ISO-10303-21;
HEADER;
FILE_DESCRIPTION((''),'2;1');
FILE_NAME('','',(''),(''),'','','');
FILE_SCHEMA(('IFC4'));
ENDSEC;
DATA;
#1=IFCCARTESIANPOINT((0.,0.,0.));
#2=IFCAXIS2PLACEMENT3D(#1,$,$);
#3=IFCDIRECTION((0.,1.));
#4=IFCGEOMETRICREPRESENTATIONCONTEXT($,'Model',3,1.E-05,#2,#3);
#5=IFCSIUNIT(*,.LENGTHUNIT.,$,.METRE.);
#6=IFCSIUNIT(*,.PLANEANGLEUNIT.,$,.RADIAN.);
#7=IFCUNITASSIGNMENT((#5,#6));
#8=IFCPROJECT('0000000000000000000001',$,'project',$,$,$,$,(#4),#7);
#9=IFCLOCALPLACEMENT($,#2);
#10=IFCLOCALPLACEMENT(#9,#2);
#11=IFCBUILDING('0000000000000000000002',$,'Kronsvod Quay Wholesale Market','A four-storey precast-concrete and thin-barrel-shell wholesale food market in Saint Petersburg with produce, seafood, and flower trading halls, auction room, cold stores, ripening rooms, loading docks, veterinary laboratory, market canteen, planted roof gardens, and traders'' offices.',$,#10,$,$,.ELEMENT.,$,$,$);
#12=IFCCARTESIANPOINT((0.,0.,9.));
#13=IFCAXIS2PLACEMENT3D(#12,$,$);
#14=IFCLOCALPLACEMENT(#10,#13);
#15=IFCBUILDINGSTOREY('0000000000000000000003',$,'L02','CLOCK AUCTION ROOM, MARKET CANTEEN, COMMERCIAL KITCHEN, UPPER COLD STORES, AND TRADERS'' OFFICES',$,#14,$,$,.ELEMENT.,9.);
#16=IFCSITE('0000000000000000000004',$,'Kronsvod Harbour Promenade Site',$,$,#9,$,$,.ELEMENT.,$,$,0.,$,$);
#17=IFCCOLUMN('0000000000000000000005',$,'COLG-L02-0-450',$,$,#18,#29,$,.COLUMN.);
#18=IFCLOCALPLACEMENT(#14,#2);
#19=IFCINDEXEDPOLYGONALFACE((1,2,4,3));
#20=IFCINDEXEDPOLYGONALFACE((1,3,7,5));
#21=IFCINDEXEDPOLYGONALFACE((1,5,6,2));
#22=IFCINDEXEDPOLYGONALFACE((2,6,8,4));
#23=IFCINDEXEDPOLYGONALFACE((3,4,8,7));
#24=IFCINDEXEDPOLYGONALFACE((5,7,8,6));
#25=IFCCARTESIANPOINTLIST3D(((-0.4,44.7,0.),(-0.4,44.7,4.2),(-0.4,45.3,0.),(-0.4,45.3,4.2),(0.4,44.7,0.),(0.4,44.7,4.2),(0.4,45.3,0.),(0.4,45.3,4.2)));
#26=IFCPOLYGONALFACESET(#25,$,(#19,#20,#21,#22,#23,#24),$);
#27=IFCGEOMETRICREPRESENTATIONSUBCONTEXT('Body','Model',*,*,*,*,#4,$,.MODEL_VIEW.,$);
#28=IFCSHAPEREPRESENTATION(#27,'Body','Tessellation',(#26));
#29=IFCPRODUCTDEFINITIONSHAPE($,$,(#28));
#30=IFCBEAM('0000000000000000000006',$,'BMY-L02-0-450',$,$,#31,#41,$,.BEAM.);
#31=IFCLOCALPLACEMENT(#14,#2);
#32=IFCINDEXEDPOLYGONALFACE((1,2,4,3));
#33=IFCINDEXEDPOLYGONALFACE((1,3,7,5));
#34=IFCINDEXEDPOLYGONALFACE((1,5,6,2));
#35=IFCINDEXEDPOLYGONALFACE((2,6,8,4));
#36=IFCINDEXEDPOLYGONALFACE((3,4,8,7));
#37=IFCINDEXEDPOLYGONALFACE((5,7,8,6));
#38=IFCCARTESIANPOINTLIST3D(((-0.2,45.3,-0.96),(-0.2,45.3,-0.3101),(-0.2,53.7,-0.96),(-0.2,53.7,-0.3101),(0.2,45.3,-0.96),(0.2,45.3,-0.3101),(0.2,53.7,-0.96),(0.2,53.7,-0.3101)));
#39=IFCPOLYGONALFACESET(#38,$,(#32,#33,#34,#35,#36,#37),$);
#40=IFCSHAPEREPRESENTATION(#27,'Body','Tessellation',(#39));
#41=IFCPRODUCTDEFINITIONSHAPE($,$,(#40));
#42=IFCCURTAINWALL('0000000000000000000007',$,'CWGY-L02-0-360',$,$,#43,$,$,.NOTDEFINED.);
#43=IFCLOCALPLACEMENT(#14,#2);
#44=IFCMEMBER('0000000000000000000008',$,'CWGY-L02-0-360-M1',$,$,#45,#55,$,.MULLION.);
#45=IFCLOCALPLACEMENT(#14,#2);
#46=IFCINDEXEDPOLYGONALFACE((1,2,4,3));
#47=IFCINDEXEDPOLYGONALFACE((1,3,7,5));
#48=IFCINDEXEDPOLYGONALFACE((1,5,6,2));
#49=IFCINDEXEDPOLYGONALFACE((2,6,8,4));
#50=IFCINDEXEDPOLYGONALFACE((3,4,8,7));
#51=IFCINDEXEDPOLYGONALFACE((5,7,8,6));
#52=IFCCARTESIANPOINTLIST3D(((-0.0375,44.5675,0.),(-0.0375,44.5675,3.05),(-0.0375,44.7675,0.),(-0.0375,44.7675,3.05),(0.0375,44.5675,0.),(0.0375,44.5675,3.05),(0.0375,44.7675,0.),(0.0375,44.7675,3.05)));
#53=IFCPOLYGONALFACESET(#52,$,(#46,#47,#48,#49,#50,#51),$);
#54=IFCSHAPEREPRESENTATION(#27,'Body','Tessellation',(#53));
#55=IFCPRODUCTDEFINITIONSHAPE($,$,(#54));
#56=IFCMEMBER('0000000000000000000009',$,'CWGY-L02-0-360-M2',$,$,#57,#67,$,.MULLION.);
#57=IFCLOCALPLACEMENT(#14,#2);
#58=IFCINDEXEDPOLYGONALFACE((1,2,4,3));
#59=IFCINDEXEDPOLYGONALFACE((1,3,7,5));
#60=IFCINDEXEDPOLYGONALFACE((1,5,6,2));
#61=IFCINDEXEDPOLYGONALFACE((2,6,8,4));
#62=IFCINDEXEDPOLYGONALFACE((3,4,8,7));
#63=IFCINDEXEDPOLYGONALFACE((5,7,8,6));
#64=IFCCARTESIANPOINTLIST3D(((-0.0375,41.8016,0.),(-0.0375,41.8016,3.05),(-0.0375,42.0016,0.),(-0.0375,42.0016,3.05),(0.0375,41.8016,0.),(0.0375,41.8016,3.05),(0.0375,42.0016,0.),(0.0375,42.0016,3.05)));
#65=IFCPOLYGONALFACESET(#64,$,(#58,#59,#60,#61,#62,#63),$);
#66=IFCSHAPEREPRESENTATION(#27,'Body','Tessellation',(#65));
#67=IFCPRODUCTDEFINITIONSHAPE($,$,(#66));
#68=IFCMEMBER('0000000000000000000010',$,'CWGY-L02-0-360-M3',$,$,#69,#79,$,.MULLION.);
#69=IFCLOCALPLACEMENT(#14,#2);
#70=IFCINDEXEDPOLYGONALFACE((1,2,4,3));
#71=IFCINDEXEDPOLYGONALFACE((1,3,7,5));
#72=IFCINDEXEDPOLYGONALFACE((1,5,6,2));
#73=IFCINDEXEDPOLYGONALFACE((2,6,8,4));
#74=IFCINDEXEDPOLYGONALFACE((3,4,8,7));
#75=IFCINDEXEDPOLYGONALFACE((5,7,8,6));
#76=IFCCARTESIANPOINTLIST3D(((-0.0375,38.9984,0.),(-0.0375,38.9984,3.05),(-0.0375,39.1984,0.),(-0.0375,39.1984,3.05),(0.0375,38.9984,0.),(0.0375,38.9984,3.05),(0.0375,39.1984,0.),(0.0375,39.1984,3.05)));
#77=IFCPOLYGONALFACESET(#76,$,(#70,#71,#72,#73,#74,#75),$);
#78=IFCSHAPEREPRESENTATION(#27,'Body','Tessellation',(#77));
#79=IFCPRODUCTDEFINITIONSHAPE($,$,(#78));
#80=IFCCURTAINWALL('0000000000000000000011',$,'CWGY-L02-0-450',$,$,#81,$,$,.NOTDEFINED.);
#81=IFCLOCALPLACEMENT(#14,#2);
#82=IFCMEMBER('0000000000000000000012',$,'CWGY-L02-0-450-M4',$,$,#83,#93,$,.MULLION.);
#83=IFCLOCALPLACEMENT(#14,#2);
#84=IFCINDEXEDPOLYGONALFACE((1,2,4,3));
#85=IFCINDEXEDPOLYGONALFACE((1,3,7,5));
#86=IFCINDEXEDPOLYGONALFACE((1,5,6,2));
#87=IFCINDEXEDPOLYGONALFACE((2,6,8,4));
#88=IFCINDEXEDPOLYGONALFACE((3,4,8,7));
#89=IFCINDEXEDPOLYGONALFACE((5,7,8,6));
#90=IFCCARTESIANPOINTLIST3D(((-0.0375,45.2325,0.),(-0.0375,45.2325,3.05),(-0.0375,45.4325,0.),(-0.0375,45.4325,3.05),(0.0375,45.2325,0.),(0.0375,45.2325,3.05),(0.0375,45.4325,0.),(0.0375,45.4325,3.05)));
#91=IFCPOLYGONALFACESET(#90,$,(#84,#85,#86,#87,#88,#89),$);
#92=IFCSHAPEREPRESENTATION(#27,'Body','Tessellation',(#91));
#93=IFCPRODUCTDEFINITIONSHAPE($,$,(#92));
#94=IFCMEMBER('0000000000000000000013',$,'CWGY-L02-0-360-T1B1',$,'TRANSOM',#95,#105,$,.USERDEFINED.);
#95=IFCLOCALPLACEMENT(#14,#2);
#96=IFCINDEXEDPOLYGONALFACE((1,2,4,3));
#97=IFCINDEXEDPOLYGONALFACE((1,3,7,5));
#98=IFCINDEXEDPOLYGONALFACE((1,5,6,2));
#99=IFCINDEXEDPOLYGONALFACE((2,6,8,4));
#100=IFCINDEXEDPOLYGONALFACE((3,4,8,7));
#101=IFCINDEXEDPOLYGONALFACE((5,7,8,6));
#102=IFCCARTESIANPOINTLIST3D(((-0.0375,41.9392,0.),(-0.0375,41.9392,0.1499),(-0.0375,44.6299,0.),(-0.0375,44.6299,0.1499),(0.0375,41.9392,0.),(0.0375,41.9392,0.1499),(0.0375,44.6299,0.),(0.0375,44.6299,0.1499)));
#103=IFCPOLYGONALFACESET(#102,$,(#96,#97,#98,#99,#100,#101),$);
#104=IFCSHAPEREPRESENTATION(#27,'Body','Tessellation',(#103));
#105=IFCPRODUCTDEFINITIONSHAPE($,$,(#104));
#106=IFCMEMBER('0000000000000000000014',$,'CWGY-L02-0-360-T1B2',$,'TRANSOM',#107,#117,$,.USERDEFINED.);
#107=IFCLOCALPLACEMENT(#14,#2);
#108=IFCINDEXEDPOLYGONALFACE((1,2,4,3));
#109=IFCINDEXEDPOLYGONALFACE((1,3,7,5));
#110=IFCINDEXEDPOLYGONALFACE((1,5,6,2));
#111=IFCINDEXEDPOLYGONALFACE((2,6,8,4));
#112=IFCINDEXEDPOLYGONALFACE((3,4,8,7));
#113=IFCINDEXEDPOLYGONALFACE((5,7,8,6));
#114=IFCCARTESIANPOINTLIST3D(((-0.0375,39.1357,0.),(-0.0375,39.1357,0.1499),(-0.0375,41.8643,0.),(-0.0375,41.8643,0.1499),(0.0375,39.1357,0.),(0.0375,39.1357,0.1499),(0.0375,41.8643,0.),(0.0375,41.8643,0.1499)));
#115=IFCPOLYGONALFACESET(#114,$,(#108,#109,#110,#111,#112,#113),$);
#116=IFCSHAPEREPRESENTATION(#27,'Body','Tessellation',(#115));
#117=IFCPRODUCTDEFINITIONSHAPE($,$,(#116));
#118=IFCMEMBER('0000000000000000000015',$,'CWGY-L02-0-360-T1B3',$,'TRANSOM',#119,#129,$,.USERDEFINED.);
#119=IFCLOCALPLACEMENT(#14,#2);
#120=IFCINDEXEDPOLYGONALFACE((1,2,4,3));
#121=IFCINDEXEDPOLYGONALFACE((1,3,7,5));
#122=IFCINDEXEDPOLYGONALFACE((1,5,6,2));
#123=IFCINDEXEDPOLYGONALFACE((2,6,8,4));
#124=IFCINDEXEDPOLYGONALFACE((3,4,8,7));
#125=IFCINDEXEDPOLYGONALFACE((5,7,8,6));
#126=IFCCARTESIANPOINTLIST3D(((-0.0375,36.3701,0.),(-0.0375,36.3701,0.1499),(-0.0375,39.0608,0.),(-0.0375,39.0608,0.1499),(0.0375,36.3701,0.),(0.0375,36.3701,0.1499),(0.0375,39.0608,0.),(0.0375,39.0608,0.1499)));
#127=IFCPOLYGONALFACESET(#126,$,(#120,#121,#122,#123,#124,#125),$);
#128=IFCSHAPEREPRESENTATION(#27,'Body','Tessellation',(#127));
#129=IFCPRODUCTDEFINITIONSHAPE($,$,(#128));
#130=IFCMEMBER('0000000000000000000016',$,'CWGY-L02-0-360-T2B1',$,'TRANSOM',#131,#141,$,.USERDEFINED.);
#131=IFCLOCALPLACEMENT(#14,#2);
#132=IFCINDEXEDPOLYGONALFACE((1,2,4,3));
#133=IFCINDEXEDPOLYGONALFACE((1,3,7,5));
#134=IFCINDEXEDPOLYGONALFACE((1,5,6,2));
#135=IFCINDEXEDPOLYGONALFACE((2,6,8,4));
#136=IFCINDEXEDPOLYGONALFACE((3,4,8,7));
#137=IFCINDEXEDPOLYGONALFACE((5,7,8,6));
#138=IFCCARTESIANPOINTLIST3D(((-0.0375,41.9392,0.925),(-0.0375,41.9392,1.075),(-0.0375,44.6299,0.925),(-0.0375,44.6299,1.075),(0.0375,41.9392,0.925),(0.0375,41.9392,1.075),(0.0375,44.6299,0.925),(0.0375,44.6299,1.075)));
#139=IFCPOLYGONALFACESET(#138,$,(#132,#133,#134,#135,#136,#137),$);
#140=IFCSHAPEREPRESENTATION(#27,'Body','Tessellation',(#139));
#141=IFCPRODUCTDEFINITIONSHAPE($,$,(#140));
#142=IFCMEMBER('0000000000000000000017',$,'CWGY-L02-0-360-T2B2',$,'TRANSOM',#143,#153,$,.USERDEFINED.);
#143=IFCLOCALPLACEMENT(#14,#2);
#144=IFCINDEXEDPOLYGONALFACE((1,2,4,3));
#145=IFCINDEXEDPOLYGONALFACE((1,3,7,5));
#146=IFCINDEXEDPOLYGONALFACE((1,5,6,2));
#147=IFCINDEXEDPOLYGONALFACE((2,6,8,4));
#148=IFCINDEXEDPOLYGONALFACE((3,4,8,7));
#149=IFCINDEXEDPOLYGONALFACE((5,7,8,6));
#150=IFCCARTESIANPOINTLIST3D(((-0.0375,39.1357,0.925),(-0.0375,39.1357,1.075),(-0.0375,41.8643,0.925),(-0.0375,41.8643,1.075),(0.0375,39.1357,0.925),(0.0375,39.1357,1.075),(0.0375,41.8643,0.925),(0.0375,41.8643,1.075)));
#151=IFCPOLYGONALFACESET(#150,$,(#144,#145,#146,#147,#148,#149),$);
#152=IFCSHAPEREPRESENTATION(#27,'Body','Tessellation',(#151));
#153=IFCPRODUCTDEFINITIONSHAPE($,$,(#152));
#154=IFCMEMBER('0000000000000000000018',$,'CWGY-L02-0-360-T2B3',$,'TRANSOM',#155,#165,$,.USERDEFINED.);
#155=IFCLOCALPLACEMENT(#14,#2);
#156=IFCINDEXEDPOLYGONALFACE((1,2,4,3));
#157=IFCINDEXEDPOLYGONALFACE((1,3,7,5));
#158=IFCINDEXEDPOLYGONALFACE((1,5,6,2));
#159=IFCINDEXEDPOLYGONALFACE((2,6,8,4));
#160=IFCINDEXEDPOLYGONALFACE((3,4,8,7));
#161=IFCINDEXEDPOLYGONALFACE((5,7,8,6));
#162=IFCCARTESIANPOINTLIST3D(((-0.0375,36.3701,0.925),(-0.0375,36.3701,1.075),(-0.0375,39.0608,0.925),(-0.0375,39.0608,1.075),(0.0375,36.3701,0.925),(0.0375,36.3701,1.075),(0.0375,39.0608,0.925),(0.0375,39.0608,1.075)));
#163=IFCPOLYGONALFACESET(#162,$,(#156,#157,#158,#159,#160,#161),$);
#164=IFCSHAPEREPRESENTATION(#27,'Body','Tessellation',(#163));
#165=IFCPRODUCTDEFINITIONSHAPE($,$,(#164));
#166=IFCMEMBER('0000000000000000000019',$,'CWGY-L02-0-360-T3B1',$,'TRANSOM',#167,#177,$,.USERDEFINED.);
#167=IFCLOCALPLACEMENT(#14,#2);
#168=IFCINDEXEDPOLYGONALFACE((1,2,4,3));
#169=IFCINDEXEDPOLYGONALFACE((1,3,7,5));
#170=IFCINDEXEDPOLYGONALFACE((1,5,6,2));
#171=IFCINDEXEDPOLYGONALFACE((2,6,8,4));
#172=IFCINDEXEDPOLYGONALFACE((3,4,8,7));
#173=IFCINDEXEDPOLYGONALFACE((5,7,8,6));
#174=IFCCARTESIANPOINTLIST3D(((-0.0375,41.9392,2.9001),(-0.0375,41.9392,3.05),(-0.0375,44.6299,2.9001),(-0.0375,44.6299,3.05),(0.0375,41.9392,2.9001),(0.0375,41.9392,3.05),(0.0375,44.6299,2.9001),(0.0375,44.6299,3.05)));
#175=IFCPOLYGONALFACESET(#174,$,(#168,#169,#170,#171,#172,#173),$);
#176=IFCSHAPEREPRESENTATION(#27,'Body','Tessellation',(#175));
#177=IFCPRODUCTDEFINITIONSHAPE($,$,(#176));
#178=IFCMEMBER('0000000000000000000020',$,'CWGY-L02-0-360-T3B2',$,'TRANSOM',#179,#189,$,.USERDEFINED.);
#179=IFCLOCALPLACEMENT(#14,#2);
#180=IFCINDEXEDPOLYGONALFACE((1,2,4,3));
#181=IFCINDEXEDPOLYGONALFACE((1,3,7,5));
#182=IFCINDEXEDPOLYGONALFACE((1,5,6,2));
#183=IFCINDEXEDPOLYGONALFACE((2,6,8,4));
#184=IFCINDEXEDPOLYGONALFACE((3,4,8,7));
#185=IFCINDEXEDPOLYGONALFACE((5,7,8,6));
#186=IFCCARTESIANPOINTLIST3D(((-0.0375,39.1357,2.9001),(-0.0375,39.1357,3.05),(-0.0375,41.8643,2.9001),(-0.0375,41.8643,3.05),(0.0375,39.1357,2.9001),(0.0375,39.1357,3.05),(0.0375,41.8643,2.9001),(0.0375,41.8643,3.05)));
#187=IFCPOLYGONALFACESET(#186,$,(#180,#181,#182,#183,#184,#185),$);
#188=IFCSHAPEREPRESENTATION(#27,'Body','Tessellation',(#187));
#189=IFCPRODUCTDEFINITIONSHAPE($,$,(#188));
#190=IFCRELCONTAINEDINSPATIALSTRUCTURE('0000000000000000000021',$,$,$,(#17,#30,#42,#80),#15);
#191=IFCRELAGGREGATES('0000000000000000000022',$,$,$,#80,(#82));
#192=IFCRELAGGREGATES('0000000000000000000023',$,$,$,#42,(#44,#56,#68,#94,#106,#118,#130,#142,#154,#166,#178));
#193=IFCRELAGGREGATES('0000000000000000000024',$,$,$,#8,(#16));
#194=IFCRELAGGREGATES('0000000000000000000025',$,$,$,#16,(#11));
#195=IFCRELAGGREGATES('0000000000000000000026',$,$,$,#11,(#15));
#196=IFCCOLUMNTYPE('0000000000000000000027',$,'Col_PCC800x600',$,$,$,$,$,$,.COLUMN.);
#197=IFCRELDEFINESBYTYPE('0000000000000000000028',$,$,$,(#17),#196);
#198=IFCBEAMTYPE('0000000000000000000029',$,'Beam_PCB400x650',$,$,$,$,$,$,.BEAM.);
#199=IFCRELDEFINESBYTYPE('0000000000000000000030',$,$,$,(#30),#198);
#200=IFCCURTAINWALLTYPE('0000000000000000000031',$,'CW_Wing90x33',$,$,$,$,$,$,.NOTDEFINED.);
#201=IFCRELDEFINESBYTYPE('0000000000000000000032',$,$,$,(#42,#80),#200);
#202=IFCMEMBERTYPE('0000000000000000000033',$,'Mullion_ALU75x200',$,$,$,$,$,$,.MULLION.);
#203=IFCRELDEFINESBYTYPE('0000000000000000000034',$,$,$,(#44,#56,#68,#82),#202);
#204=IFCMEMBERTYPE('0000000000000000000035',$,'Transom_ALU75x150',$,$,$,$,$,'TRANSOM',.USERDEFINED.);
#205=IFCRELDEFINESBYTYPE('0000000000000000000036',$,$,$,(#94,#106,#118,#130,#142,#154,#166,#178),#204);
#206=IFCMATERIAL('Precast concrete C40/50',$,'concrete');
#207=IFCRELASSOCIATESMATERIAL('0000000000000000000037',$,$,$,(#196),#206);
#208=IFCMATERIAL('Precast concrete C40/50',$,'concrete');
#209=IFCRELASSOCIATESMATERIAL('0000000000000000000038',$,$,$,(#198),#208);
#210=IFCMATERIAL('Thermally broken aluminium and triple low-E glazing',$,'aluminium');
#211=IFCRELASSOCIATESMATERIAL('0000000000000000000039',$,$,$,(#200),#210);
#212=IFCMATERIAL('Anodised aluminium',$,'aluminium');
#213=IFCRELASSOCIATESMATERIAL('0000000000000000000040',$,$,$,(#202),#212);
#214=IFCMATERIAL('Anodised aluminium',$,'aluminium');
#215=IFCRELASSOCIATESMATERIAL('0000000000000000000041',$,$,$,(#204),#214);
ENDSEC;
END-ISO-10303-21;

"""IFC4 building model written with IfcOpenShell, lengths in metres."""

from ifc_helpers import new_model, si_unit, direction, frame, origin, origin_2d, place, context, subcontext, project, spatial, rectangle, extrude, material, material_profile, profile_set, type_object, element, aggregate, save


model = new_model("IFC4")

# Units and contexts
model_context = context("Model", 3, precision=1e-05, world=origin(), true_north=direction((0.0, 1.0)))
body_context = subcontext(model_context, "Body", "Model", "MODEL_VIEW")
ifc_project = project(units=[si_unit("LENGTHUNIT", "METRE"), si_unit("PLANEANGLEUNIT", "RADIAN")], contexts=[model_context])

# Site, building, storey
site_placement = place(None, origin())
site = spatial("IfcSite", under=ifc_project, at=site_placement, Name="Kronsvod Harbour Promenade Site", CompositionType="ELEMENT", RefElevation=0.0)
building_placement = place(site_placement, origin())
building = spatial("IfcBuilding", under=site, at=building_placement, Name="Kronsvod Quay Wholesale Market", Description="A four-storey precast-concrete and thin-barrel-shell wholesale food market in Saint Petersburg with produce, seafood, and flower trading halls, auction room, cold stores, ripening rooms, loading docks, veterinary laboratory, market canteen, planted roof gardens, and traders' offices.", CompositionType="ELEMENT")
storey_placement = place(building_placement, frame((0.0, 0.0, 9.0)))
storey = spatial("IfcBuildingStorey", under=building, at=storey_placement, Name="L02", Description="CLOCK AUCTION ROOM, MARKET CANTEEN, COMMERCIAL KITCHEN, UPPER COLD STORES, AND TRADERS' OFFICES", CompositionType="ELEMENT", Elevation=9.0)

# Column
ifc_material_1 = material(Name="Precast concrete C40/50", Category="concrete")
ifc_material_profile_1 = material_profile(ifc_material_1, rectangle(XDim=0.8, YDim=0.6001, at=origin_2d()), Name="PCC800x600")
ifc_profile_set_1 = profile_set([ifc_material_profile_1], Name="Precast concrete C40/50")
column_type = type_object("IfcColumnType", Name="Col_PCC800x600", PredefinedType="COLUMN", material=ifc_profile_set_1)
column_placement = place(storey_placement, frame((0.0, 45.0, 0.0), z_axis=(0.0, 0.0, 1.0), x_axis=(1.0, 0.0, 0.0)))
element("IfcColumn", 1, at=column_placement, inside=storey, type_object=column_type, Name="COLG-L02-0-450", PredefinedType="COLUMN", context=body_context, shape_type="SweptSolid", body=[
    extrude(rectangle(XDim=0.8, YDim=0.6001, at=origin_2d()), origin(), (0.0, 0.0, 1.0), 4.2),
])

# Beam
ifc_material_2 = material(Name="Precast concrete C40/50", Category="concrete")
ifc_material_profile_2 = material_profile(ifc_material_2, rectangle(XDim=0.3999, YDim=0.6499, at=origin_2d()), Name="PCB400x650")
ifc_profile_set_2 = profile_set([ifc_material_profile_2], Name="Precast concrete C40/50")
beam_type = type_object("IfcBeamType", Name="Beam_PCB400x650", PredefinedType="BEAM", material=ifc_profile_set_2)
beam_placement = place(storey_placement, frame((0.0, 45.3, -0.635), z_axis=(0.0, 1.0, 0.0), x_axis=(-1.0, 0.0, 0.0)))
element("IfcBeam", 2, at=beam_placement, inside=storey, type_object=beam_type, Name="BMY-L02-0-450", PredefinedType="BEAM", context=body_context, shape_type="SweptSolid", body=[
    extrude(rectangle(XDim=0.3999, YDim=0.6499, at=origin_2d()), origin(), (0.0, 0.0, 1.0), 8.3999),
])

# Curtain wall, members
ifc_material_3 = material(Name="Thermally broken aluminium and triple low-E glazing", Category="aluminium")
curtain_wall_type = type_object("IfcCurtainWallType", Name="CW_Wing90x33", PredefinedType="NOTDEFINED", material=ifc_material_3)
curtain_wall_1_placement = place(storey_placement, origin())
curtain_wall_1 = element("IfcCurtainWall", 3, at=curtain_wall_1_placement, inside=storey, type_object=curtain_wall_type, Name="CWGY-L02-0-360", PredefinedType="NOTDEFINED")
ifc_material_4 = material(Name="Anodised aluminium", Category="aluminium")
ifc_material_profile_3 = material_profile(ifc_material_4, rectangle(XDim=0.075, YDim=0.2, at=origin_2d()), Name="ALUM75x200")
ifc_profile_set_3 = profile_set([ifc_material_profile_3], Name="Anodised aluminium")
member_type_1 = type_object("IfcMemberType", Name="Mullion_ALU75x200", PredefinedType="MULLION", material=ifc_profile_set_3)
member_1_placement = place(storey_placement, frame((0.0, 44.6675, 0.0), z_axis=(0.0, 0.0, 1.0), x_axis=(1.0, 0.0, 0.0)))
member_1 = element("IfcMember", 4, at=member_1_placement, type_object=member_type_1, Name="CWGY-L02-0-360-M1", PredefinedType="MULLION", context=body_context, shape_type="SweptSolid", body=[
    extrude(rectangle(XDim=0.075, YDim=0.2, at=origin_2d()), origin(), (0.0, 0.0, 1.0), 3.05),
])
member_2_placement = place(storey_placement, frame((0.0, 41.9016, 0.0), z_axis=(0.0, 0.0, 1.0), x_axis=(1.0, 0.0, 0.0)))
member_2 = element("IfcMember", 5, at=member_2_placement, type_object=member_type_1, Name="CWGY-L02-0-360-M2", PredefinedType="MULLION", context=body_context, shape_type="SweptSolid", body=[
    extrude(rectangle(XDim=0.075, YDim=0.2, at=origin_2d()), origin(), (0.0, 0.0, 1.0), 3.05),
])
member_3_placement = place(storey_placement, frame((0.0, 39.0984, 0.0), z_axis=(0.0, 0.0, 1.0), x_axis=(1.0, 0.0, 0.0)))
member_3 = element("IfcMember", 6, at=member_3_placement, type_object=member_type_1, Name="CWGY-L02-0-360-M3", PredefinedType="MULLION", context=body_context, shape_type="SweptSolid", body=[
    extrude(rectangle(XDim=0.075, YDim=0.2, at=origin_2d()), origin(), (0.0, 0.0, 1.0), 3.05),
])

# Curtain wall, member
curtain_wall_2_placement = place(storey_placement, origin())
curtain_wall_2 = element("IfcCurtainWall", 7, at=curtain_wall_2_placement, inside=storey, type_object=curtain_wall_type, Name="CWGY-L02-0-450", PredefinedType="NOTDEFINED")
member_4_placement = place(storey_placement, frame((0.0, 45.3325, 0.0), z_axis=(0.0, 0.0, 1.0), x_axis=(1.0, 0.0, 0.0)))
member_4 = element("IfcMember", 8, at=member_4_placement, type_object=member_type_1, Name="CWGY-L02-0-450-M4", PredefinedType="MULLION", context=body_context, shape_type="SweptSolid", body=[
    extrude(rectangle(XDim=0.075, YDim=0.2, at=origin_2d()), origin(), (0.0, 0.0, 1.0), 3.05),
])
aggregate(curtain_wall_2, [member_4])

# Members
ifc_material_5 = material(Name="Anodised aluminium", Category="aluminium")
ifc_material_profile_4 = material_profile(ifc_material_5, rectangle(XDim=0.075, YDim=0.1499, at=origin_2d()), Name="ALUT75x150")
ifc_profile_set_4 = profile_set([ifc_material_profile_4], Name="Anodised aluminium")
member_type_2 = type_object("IfcMemberType", Name="Transom_ALU75x150", ElementType="TRANSOM", PredefinedType="USERDEFINED", material=ifc_profile_set_4)
member_5_placement = place(storey_placement, frame((0.0, 44.6299, 0.075), z_axis=(0.0, -1.0, 0.0), x_axis=(1.0, 0.0, 0.0)))
member_5 = element("IfcMember", 9, at=member_5_placement, type_object=member_type_2, Name="CWGY-L02-0-360-T1B1", ObjectType="TRANSOM", PredefinedType="USERDEFINED", context=body_context, shape_type="SweptSolid", body=[
    extrude(rectangle(XDim=0.075, YDim=0.1499, at=origin_2d()), origin(), (0.0, 0.0, 1.0), 2.6907),
])
member_6_placement = place(storey_placement, frame((0.0, 41.8643, 0.075), z_axis=(0.0, -1.0, 0.0), x_axis=(1.0, 0.0, 0.0)))
member_6 = element("IfcMember", 10, at=member_6_placement, type_object=member_type_2, Name="CWGY-L02-0-360-T1B2", ObjectType="TRANSOM", PredefinedType="USERDEFINED", context=body_context, shape_type="SweptSolid", body=[
    extrude(rectangle(XDim=0.075, YDim=0.1499, at=origin_2d()), origin(), (0.0, 0.0, 1.0), 2.7285),
])
member_7_placement = place(storey_placement, frame((0.0, 39.0608, 0.075), z_axis=(0.0, -1.0, 0.0), x_axis=(1.0, 0.0, 0.0)))
member_7 = element("IfcMember", 11, at=member_7_placement, type_object=member_type_2, Name="CWGY-L02-0-360-T1B3", ObjectType="TRANSOM", PredefinedType="USERDEFINED", context=body_context, shape_type="SweptSolid", body=[
    extrude(rectangle(XDim=0.075, YDim=0.1499, at=origin_2d()), origin(), (0.0, 0.0, 1.0), 2.6907),
])
member_8_placement = place(storey_placement, frame((0.0, 44.6299, 1.0), z_axis=(0.0, -1.0, 0.0), x_axis=(1.0, 0.0, 0.0)))
member_8 = element("IfcMember", 12, at=member_8_placement, type_object=member_type_2, Name="CWGY-L02-0-360-T2B1", ObjectType="TRANSOM", PredefinedType="USERDEFINED", context=body_context, shape_type="SweptSolid", body=[
    extrude(rectangle(XDim=0.075, YDim=0.1499, at=origin_2d()), origin(), (0.0, 0.0, 1.0), 2.6907),
])
member_9_placement = place(storey_placement, frame((0.0, 41.8643, 1.0), z_axis=(0.0, -1.0, 0.0), x_axis=(1.0, 0.0, 0.0)))
member_9 = element("IfcMember", 13, at=member_9_placement, type_object=member_type_2, Name="CWGY-L02-0-360-T2B2", ObjectType="TRANSOM", PredefinedType="USERDEFINED", context=body_context, shape_type="SweptSolid", body=[
    extrude(rectangle(XDim=0.075, YDim=0.1499, at=origin_2d()), origin(), (0.0, 0.0, 1.0), 2.7285),
])
member_10_placement = place(storey_placement, frame((0.0, 39.0608, 1.0), z_axis=(0.0, -1.0, 0.0), x_axis=(1.0, 0.0, 0.0)))
member_10 = element("IfcMember", 14, at=member_10_placement, type_object=member_type_2, Name="CWGY-L02-0-360-T2B3", ObjectType="TRANSOM", PredefinedType="USERDEFINED", context=body_context, shape_type="SweptSolid", body=[
    extrude(rectangle(XDim=0.075, YDim=0.1499, at=origin_2d()), origin(), (0.0, 0.0, 1.0), 2.6907),
])
member_11_placement = place(storey_placement, frame((0.0, 44.6299, 2.9751), z_axis=(0.0, -1.0, 0.0), x_axis=(1.0, 0.0, 0.0)))
member_11 = element("IfcMember", 15, at=member_11_placement, type_object=member_type_2, Name="CWGY-L02-0-360-T3B1", ObjectType="TRANSOM", PredefinedType="USERDEFINED", context=body_context, shape_type="SweptSolid", body=[
    extrude(rectangle(XDim=0.075, YDim=0.1499, at=origin_2d()), origin(), (0.0, 0.0, 1.0), 2.6907),
])
member_12_placement = place(storey_placement, frame((0.0, 41.8643, 2.9751), z_axis=(0.0, -1.0, 0.0), x_axis=(1.0, 0.0, 0.0)))
member_12 = element("IfcMember", 16, at=member_12_placement, type_object=member_type_2, Name="CWGY-L02-0-360-T3B2", ObjectType="TRANSOM", PredefinedType="USERDEFINED", context=body_context, shape_type="SweptSolid", body=[
    extrude(rectangle(XDim=0.075, YDim=0.1499, at=origin_2d()), origin(), (0.0, 0.0, 1.0), 2.7285),
])

aggregate(curtain_wall_1, [member_1, member_2, member_3, member_5, member_6, member_7, member_8, member_9, member_10, member_11, member_12])

save(model, "model.ifc")
